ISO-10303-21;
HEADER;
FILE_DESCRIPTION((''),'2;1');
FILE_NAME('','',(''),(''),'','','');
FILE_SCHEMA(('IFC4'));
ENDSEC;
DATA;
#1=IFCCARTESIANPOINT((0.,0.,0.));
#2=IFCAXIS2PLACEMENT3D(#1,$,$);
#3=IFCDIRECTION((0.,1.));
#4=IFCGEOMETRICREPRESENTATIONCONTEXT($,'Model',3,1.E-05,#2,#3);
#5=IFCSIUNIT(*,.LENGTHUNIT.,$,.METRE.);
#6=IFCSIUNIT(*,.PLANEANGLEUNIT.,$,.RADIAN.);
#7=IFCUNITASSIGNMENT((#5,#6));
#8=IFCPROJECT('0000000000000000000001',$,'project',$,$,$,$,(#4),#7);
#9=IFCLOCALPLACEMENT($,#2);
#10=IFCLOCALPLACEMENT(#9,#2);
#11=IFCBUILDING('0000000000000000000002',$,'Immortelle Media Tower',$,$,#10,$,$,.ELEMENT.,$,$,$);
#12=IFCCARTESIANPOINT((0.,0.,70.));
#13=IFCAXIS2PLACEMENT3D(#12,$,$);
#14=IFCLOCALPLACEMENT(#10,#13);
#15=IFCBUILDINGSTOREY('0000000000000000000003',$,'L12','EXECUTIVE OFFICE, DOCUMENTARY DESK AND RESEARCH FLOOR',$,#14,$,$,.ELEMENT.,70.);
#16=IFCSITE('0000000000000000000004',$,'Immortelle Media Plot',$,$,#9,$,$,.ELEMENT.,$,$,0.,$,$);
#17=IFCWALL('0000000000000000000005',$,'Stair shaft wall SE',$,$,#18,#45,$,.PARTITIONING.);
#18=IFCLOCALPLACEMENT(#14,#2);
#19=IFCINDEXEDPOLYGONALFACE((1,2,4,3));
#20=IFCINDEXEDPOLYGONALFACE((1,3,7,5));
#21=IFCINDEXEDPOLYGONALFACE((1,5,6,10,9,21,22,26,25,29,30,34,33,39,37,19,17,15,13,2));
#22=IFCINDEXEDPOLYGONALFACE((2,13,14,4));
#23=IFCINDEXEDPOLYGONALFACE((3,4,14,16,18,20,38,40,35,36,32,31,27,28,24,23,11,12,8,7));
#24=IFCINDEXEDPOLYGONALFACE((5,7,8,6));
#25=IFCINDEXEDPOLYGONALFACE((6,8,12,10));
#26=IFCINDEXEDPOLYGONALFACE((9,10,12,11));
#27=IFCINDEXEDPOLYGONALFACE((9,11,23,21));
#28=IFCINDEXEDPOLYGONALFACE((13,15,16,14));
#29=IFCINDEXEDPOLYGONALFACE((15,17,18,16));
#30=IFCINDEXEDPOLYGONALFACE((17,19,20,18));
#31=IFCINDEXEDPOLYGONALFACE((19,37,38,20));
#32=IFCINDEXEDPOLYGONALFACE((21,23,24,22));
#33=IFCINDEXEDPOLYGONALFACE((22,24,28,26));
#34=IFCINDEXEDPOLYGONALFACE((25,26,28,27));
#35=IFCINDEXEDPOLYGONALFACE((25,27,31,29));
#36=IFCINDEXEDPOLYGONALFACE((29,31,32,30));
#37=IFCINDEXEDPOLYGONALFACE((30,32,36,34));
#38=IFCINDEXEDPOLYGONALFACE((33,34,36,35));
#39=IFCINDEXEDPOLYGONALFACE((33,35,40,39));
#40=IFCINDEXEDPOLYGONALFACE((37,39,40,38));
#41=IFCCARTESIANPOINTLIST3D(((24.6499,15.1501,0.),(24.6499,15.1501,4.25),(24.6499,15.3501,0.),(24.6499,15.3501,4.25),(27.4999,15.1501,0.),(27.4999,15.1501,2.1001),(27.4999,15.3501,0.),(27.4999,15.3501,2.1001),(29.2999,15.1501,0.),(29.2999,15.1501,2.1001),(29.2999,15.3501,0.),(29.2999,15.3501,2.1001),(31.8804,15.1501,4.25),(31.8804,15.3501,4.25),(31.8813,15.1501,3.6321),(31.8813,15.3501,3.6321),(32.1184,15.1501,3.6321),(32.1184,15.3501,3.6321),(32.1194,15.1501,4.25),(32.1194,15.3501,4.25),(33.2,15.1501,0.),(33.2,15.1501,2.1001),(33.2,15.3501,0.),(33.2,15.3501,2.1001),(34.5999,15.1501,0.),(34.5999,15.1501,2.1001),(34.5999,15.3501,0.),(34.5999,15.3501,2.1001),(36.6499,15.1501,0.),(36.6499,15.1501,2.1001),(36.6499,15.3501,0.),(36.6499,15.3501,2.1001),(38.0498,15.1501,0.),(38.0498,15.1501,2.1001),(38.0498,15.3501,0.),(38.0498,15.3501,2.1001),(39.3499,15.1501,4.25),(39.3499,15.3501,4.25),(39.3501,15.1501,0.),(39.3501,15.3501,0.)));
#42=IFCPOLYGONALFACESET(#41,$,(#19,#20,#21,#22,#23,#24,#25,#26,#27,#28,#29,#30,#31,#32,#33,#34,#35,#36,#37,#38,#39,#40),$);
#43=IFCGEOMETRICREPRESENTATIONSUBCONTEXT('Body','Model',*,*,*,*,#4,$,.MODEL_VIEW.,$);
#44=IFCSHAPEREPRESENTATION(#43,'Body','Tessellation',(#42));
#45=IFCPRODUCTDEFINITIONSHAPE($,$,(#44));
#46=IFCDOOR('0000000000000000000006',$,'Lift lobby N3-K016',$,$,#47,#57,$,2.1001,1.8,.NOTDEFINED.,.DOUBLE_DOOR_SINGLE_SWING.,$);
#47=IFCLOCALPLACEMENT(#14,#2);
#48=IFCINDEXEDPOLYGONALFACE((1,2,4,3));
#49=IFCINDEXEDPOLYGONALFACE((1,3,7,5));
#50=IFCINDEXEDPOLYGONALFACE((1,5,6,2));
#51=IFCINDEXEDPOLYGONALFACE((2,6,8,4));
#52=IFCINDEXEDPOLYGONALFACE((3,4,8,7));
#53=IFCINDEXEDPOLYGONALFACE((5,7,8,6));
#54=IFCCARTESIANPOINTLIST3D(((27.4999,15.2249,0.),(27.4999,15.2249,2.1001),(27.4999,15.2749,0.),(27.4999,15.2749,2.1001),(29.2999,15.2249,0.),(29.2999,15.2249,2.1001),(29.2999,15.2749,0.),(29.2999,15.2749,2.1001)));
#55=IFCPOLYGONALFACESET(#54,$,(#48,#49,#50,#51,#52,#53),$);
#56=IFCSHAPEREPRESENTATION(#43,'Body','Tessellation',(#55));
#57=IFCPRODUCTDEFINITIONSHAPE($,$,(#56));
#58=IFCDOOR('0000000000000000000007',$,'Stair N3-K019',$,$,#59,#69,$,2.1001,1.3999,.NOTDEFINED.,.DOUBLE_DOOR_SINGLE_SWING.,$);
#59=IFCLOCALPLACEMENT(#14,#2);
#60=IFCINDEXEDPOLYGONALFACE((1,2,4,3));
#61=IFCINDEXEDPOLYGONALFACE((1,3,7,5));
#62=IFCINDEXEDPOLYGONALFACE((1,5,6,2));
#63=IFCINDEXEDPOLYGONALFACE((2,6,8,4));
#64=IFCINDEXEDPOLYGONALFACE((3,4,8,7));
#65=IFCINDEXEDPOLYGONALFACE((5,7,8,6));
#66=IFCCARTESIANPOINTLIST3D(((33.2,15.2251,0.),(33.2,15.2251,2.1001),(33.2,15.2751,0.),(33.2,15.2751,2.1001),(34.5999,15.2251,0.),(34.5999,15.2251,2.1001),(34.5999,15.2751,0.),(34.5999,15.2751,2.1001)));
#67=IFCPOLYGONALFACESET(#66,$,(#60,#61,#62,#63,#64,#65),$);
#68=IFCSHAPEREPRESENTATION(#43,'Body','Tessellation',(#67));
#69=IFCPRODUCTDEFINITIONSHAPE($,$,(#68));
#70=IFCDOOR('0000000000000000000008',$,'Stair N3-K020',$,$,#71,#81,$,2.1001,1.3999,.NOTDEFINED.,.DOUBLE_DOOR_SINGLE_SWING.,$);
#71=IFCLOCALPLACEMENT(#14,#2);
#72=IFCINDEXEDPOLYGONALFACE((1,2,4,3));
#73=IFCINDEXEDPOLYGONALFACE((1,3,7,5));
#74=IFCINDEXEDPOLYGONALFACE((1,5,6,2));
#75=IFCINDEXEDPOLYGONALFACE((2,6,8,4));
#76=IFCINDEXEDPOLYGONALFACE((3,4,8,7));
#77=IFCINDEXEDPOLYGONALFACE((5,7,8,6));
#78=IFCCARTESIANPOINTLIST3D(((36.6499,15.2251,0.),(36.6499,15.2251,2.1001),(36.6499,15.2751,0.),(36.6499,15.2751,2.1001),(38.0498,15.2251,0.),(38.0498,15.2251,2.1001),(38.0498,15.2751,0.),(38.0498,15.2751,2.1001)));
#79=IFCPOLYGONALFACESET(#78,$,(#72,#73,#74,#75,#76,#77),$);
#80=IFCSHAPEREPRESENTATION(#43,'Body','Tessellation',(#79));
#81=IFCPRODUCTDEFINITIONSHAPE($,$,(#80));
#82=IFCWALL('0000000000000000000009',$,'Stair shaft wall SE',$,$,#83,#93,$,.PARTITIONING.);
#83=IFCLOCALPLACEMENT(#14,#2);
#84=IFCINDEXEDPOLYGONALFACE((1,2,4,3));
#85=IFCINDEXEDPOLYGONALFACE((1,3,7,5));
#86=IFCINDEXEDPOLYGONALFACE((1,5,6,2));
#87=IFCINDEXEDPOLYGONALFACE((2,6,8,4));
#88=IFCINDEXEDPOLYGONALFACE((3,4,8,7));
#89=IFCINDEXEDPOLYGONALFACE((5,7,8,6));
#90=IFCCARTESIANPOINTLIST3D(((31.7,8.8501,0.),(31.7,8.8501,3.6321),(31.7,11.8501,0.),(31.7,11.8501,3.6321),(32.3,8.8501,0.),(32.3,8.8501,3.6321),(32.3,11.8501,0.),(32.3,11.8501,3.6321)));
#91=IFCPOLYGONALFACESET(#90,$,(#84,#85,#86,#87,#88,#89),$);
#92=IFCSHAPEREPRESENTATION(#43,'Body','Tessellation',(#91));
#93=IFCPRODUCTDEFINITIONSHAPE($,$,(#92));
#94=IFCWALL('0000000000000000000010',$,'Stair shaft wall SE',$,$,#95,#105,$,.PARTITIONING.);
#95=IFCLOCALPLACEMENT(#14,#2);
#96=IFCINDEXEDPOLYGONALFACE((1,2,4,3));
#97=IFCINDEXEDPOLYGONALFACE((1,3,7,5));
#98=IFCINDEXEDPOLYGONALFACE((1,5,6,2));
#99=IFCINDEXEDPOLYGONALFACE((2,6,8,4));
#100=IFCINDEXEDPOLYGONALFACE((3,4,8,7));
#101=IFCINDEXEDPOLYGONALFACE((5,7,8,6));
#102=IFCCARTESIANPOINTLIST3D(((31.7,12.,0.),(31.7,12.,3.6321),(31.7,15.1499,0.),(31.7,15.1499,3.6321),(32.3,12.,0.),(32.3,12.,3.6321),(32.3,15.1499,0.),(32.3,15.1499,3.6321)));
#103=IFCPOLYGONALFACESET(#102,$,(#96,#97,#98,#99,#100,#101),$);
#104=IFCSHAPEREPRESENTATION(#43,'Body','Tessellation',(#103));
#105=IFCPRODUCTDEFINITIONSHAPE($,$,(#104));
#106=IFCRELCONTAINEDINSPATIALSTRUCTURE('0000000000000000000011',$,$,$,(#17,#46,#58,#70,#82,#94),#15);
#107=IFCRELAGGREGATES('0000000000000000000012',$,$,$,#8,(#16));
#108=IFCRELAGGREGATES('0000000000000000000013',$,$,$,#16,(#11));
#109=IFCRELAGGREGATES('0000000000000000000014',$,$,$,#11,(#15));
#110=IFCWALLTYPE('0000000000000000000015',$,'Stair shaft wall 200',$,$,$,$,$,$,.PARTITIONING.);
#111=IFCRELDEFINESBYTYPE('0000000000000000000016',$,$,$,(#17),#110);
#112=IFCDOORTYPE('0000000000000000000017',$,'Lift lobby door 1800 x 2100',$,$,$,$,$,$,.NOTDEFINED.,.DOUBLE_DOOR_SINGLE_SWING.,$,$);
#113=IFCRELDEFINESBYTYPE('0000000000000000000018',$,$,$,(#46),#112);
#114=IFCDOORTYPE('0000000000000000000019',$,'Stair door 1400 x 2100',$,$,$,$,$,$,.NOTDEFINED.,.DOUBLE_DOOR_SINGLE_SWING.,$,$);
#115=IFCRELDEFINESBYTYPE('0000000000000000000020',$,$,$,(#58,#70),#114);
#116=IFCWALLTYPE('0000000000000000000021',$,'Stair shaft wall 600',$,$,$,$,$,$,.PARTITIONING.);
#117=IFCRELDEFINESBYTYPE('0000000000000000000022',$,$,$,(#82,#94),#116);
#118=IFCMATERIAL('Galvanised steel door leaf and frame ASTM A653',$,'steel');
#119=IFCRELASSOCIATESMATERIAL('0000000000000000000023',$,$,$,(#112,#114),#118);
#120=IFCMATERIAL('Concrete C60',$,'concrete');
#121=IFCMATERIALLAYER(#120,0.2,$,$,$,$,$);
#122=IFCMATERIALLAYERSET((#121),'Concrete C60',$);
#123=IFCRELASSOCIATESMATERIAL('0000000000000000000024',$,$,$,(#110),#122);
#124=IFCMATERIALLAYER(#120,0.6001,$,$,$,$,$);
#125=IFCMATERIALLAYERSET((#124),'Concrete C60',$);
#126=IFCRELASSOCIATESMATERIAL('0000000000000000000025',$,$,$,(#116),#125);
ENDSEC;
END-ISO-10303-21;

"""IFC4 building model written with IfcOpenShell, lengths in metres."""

from ifc_helpers import new_model, si_unit, direction, frame, frame_2d, origin, place, context, subcontext, project, spatial, polyline, rectangle, outline, extrude, material, layer, layer_set, type_object, element, fill, save


model = new_model("IFC4")

# Units and contexts
model_context = context("Model", 3, precision=1e-05, world=origin(), true_north=direction((0.0, 1.0)))
body_context = subcontext(model_context, "Body", "Model", "MODEL_VIEW")
ifc_project = project(units=[si_unit("LENGTHUNIT", "METRE"), si_unit("PLANEANGLEUNIT", "RADIAN")], contexts=[model_context])

# Site, building, storey
site_placement = place(None, origin())
site = spatial("IfcSite", under=ifc_project, at=site_placement, Name="Immortelle Media Plot", CompositionType="ELEMENT", RefElevation=0.0)
building_placement = place(site_placement, origin())
building = spatial("IfcBuilding", under=site, at=building_placement, Name="Immortelle Media Tower", CompositionType="ELEMENT")
storey_placement = place(building_placement, frame((0.0, 0.0, 70.0)))
storey = spatial("IfcBuildingStorey", under=building, at=storey_placement, Name="L12", Description="EXECUTIVE OFFICE, DOCUMENTARY DESK AND RESEARCH FLOOR", CompositionType="ELEMENT", Elevation=70.0)

# Shared definitions
ifc_material_1 = material(Name="Galvanised steel door leaf and frame ASTM A653", Category="steel")
door_type_1 = type_object("IfcDoorType", Name="Lift lobby door 1800 x 2100", OperationType="DOUBLE_DOOR_SINGLE_SWING", PredefinedType="NOTDEFINED", material=ifc_material_1)

# Shared definitions
ifc_material_2 = material(Name="Concrete C60", Category="concrete")
ifc_layer_1 = layer(ifc_material_2, 0.2)
ifc_layer_set_1 = layer_set([ifc_layer_1], Name="Concrete C60")
wall_type_1 = type_object("IfcWallType", Name="Stair shaft wall 200", PredefinedType="PARTITIONING", material=ifc_layer_set_1)

# Wall, openings, doors
wall_1_placement = place(storey_placement, frame((24.6499, 15.25, 0.0), z_axis=(0.0, 0.0, 1.0), x_axis=(1.0, 0.0, 0.0)))
wall_1 = element("IfcWall", 1, at=wall_1_placement, inside=storey, type_object=wall_type_1, Name="Stair shaft wall SE", PredefinedType="PARTITIONING", context=body_context, shape_type="SweptSolid", body=[
    extrude(outline(polyline([(0.0, 0.0), (14.7002, 0.0), (14.7, 4.25), (7.4695, 4.25), (7.4685, 3.6321), (7.2314, 3.6321), (7.2305, 4.25), (0.0, 4.25), (0.0, 0.0)])), frame((0.0, 0.1001, 0.0), z_axis=(0.0, -1.0, 0.0), x_axis=(1.0, 0.0, 0.0)), (0.0, 0.0, 1.0), 0.2),
])
opening_1_placement = place(wall_1_placement, frame((2.8501, 0.0, 0.0)))
opening_1 = element("IfcOpeningElement", 2, at=opening_1_placement, cuts=wall_1, PredefinedType="OPENING", context=body_context, shape_type="SweptSolid", body=[
    extrude(rectangle(XDim=1.8, YDim=2.1001, at=frame_2d((0.8999, 1.05))), frame((0.0, 0.1099, 0.0), z_axis=(0.0, -1.0, 0.0), x_axis=(1.0, 0.0, 0.0)), (0.0, 0.0, 1.0), 0.22),
])
opening_2_placement = place(wall_1_placement, frame((9.95, 0.0, 0.0), z_axis=(0.0, 0.0, 1.0), x_axis=(-1.0, 0.0, 0.0)))
opening_2 = element("IfcOpeningElement", 3, at=opening_2_placement, cuts=wall_1, PredefinedType="OPENING", context=body_context, shape_type="SweptSolid", body=[
    extrude(rectangle(XDim=1.3999, YDim=2.1001, at=frame_2d((0.7, 1.05))), frame((0.0, 0.1099, 0.0), z_axis=(0.0, -1.0, 0.0), x_axis=(1.0, 0.0, 0.0)), (0.0, 0.0, 1.0), 0.22),
])
opening_3_placement = place(wall_1_placement, frame((13.3999, 0.0, 0.0), z_axis=(0.0, 0.0, 1.0), x_axis=(-1.0, 0.0, 0.0)))
opening_3 = element("IfcOpeningElement", 4, at=opening_3_placement, cuts=wall_1, PredefinedType="OPENING", context=body_context, shape_type="SweptSolid", body=[
    extrude(rectangle(XDim=1.3999, YDim=2.1001, at=frame_2d((0.7, 1.05))), frame((0.0, 0.1099, 0.0), z_axis=(0.0, -1.0, 0.0), x_axis=(1.0, 0.0, 0.0)), (0.0, 0.0, 1.0), 0.22),
])
door_1_placement = place(opening_1_placement, origin())
door_1 = element("IfcDoor", 5, at=door_1_placement, inside=storey, type_object=door_type_1, Name="Lift lobby N3-K016", OperationType="DOUBLE_DOOR_SINGLE_SWING", OverallHeight=2.1001, OverallWidth=1.8, PredefinedType="NOTDEFINED", context=body_context, shape_type="SweptSolid", body=[
    extrude(rectangle(XDim=1.8, YDim=2.1001, at=frame_2d((0.8999, 1.05))), frame((0.0, 0.0249, 0.0), z_axis=(0.0, -1.0, 0.0), x_axis=(1.0, 0.0, 0.0)), (0.0, 0.0, 1.0), 0.05),
])
fill(opening_1, door_1)
door_type_2 = type_object("IfcDoorType", Name="Stair door 1400 x 2100", OperationType="DOUBLE_DOOR_SINGLE_SWING", PredefinedType="NOTDEFINED", material=ifc_material_1)
door_2_placement = place(opening_2_placement, origin())
door_2 = element("IfcDoor", 6, at=door_2_placement, inside=storey, type_object=door_type_2, Name="Stair N3-K019", OperationType="DOUBLE_DOOR_SINGLE_SWING", OverallHeight=2.1001, OverallWidth=1.3999, PredefinedType="NOTDEFINED", context=body_context, shape_type="SweptSolid", body=[
    extrude(rectangle(XDim=1.3999, YDim=2.1001, at=frame_2d((0.7, 1.05))), frame((0.0, 0.0249, 0.0), z_axis=(0.0, -1.0, 0.0), x_axis=(1.0, 0.0, 0.0)), (0.0, 0.0, 1.0), 0.05),
])
fill(opening_2, door_2)
door_3_placement = place(opening_3_placement, origin())
door_3 = element("IfcDoor", 7, at=door_3_placement, inside=storey, type_object=door_type_2, Name="Stair N3-K020", OperationType="DOUBLE_DOOR_SINGLE_SWING", OverallHeight=2.1001, OverallWidth=1.3999, PredefinedType="NOTDEFINED", context=body_context, shape_type="SweptSolid", body=[
    extrude(rectangle(XDim=1.3999, YDim=2.1001, at=frame_2d((0.7, 1.05))), frame((0.0, 0.0249, 0.0), z_axis=(0.0, -1.0, 0.0), x_axis=(1.0, 0.0, 0.0)), (0.0, 0.0, 1.0), 0.05),
])
fill(opening_3, door_3)

# Walls
ifc_layer_2 = layer(ifc_material_2, 0.6001)
ifc_layer_set_2 = layer_set([ifc_layer_2], Name="Concrete C60")
wall_type_2 = type_object("IfcWallType", Name="Stair shaft wall 600", PredefinedType="PARTITIONING", material=ifc_layer_set_2)
wall_2_placement = place(storey_placement, frame((32.0, 8.8501, 0.0), z_axis=(0.0, 0.0, 1.0), x_axis=(0.0, 1.0, 0.0)))
element("IfcWall", 8, at=wall_2_placement, inside=storey, type_object=wall_type_2, Name="Stair shaft wall SE", PredefinedType="PARTITIONING", context=body_context, shape_type="SweptSolid", body=[
    extrude(rectangle(XDim=3.0, YDim=0.6001, at=frame_2d((1.5, 0.0))), origin(), (0.0, 0.0, 1.0), 3.6321),
])
wall_3_placement = place(storey_placement, frame((32.0, 12.0, 0.0), z_axis=(0.0, 0.0, 1.0), x_axis=(0.0, 1.0, 0.0)))
element("IfcWall", 9, at=wall_3_placement, inside=storey, type_object=wall_type_2, Name="Stair shaft wall SE", PredefinedType="PARTITIONING", context=body_context, shape_type="SweptSolid", body=[
    extrude(rectangle(XDim=3.1499, YDim=0.6001, at=frame_2d((1.575, 0.0))), origin(), (0.0, 0.0, 1.0), 3.6321),
])

save(model, "model.ifc")
